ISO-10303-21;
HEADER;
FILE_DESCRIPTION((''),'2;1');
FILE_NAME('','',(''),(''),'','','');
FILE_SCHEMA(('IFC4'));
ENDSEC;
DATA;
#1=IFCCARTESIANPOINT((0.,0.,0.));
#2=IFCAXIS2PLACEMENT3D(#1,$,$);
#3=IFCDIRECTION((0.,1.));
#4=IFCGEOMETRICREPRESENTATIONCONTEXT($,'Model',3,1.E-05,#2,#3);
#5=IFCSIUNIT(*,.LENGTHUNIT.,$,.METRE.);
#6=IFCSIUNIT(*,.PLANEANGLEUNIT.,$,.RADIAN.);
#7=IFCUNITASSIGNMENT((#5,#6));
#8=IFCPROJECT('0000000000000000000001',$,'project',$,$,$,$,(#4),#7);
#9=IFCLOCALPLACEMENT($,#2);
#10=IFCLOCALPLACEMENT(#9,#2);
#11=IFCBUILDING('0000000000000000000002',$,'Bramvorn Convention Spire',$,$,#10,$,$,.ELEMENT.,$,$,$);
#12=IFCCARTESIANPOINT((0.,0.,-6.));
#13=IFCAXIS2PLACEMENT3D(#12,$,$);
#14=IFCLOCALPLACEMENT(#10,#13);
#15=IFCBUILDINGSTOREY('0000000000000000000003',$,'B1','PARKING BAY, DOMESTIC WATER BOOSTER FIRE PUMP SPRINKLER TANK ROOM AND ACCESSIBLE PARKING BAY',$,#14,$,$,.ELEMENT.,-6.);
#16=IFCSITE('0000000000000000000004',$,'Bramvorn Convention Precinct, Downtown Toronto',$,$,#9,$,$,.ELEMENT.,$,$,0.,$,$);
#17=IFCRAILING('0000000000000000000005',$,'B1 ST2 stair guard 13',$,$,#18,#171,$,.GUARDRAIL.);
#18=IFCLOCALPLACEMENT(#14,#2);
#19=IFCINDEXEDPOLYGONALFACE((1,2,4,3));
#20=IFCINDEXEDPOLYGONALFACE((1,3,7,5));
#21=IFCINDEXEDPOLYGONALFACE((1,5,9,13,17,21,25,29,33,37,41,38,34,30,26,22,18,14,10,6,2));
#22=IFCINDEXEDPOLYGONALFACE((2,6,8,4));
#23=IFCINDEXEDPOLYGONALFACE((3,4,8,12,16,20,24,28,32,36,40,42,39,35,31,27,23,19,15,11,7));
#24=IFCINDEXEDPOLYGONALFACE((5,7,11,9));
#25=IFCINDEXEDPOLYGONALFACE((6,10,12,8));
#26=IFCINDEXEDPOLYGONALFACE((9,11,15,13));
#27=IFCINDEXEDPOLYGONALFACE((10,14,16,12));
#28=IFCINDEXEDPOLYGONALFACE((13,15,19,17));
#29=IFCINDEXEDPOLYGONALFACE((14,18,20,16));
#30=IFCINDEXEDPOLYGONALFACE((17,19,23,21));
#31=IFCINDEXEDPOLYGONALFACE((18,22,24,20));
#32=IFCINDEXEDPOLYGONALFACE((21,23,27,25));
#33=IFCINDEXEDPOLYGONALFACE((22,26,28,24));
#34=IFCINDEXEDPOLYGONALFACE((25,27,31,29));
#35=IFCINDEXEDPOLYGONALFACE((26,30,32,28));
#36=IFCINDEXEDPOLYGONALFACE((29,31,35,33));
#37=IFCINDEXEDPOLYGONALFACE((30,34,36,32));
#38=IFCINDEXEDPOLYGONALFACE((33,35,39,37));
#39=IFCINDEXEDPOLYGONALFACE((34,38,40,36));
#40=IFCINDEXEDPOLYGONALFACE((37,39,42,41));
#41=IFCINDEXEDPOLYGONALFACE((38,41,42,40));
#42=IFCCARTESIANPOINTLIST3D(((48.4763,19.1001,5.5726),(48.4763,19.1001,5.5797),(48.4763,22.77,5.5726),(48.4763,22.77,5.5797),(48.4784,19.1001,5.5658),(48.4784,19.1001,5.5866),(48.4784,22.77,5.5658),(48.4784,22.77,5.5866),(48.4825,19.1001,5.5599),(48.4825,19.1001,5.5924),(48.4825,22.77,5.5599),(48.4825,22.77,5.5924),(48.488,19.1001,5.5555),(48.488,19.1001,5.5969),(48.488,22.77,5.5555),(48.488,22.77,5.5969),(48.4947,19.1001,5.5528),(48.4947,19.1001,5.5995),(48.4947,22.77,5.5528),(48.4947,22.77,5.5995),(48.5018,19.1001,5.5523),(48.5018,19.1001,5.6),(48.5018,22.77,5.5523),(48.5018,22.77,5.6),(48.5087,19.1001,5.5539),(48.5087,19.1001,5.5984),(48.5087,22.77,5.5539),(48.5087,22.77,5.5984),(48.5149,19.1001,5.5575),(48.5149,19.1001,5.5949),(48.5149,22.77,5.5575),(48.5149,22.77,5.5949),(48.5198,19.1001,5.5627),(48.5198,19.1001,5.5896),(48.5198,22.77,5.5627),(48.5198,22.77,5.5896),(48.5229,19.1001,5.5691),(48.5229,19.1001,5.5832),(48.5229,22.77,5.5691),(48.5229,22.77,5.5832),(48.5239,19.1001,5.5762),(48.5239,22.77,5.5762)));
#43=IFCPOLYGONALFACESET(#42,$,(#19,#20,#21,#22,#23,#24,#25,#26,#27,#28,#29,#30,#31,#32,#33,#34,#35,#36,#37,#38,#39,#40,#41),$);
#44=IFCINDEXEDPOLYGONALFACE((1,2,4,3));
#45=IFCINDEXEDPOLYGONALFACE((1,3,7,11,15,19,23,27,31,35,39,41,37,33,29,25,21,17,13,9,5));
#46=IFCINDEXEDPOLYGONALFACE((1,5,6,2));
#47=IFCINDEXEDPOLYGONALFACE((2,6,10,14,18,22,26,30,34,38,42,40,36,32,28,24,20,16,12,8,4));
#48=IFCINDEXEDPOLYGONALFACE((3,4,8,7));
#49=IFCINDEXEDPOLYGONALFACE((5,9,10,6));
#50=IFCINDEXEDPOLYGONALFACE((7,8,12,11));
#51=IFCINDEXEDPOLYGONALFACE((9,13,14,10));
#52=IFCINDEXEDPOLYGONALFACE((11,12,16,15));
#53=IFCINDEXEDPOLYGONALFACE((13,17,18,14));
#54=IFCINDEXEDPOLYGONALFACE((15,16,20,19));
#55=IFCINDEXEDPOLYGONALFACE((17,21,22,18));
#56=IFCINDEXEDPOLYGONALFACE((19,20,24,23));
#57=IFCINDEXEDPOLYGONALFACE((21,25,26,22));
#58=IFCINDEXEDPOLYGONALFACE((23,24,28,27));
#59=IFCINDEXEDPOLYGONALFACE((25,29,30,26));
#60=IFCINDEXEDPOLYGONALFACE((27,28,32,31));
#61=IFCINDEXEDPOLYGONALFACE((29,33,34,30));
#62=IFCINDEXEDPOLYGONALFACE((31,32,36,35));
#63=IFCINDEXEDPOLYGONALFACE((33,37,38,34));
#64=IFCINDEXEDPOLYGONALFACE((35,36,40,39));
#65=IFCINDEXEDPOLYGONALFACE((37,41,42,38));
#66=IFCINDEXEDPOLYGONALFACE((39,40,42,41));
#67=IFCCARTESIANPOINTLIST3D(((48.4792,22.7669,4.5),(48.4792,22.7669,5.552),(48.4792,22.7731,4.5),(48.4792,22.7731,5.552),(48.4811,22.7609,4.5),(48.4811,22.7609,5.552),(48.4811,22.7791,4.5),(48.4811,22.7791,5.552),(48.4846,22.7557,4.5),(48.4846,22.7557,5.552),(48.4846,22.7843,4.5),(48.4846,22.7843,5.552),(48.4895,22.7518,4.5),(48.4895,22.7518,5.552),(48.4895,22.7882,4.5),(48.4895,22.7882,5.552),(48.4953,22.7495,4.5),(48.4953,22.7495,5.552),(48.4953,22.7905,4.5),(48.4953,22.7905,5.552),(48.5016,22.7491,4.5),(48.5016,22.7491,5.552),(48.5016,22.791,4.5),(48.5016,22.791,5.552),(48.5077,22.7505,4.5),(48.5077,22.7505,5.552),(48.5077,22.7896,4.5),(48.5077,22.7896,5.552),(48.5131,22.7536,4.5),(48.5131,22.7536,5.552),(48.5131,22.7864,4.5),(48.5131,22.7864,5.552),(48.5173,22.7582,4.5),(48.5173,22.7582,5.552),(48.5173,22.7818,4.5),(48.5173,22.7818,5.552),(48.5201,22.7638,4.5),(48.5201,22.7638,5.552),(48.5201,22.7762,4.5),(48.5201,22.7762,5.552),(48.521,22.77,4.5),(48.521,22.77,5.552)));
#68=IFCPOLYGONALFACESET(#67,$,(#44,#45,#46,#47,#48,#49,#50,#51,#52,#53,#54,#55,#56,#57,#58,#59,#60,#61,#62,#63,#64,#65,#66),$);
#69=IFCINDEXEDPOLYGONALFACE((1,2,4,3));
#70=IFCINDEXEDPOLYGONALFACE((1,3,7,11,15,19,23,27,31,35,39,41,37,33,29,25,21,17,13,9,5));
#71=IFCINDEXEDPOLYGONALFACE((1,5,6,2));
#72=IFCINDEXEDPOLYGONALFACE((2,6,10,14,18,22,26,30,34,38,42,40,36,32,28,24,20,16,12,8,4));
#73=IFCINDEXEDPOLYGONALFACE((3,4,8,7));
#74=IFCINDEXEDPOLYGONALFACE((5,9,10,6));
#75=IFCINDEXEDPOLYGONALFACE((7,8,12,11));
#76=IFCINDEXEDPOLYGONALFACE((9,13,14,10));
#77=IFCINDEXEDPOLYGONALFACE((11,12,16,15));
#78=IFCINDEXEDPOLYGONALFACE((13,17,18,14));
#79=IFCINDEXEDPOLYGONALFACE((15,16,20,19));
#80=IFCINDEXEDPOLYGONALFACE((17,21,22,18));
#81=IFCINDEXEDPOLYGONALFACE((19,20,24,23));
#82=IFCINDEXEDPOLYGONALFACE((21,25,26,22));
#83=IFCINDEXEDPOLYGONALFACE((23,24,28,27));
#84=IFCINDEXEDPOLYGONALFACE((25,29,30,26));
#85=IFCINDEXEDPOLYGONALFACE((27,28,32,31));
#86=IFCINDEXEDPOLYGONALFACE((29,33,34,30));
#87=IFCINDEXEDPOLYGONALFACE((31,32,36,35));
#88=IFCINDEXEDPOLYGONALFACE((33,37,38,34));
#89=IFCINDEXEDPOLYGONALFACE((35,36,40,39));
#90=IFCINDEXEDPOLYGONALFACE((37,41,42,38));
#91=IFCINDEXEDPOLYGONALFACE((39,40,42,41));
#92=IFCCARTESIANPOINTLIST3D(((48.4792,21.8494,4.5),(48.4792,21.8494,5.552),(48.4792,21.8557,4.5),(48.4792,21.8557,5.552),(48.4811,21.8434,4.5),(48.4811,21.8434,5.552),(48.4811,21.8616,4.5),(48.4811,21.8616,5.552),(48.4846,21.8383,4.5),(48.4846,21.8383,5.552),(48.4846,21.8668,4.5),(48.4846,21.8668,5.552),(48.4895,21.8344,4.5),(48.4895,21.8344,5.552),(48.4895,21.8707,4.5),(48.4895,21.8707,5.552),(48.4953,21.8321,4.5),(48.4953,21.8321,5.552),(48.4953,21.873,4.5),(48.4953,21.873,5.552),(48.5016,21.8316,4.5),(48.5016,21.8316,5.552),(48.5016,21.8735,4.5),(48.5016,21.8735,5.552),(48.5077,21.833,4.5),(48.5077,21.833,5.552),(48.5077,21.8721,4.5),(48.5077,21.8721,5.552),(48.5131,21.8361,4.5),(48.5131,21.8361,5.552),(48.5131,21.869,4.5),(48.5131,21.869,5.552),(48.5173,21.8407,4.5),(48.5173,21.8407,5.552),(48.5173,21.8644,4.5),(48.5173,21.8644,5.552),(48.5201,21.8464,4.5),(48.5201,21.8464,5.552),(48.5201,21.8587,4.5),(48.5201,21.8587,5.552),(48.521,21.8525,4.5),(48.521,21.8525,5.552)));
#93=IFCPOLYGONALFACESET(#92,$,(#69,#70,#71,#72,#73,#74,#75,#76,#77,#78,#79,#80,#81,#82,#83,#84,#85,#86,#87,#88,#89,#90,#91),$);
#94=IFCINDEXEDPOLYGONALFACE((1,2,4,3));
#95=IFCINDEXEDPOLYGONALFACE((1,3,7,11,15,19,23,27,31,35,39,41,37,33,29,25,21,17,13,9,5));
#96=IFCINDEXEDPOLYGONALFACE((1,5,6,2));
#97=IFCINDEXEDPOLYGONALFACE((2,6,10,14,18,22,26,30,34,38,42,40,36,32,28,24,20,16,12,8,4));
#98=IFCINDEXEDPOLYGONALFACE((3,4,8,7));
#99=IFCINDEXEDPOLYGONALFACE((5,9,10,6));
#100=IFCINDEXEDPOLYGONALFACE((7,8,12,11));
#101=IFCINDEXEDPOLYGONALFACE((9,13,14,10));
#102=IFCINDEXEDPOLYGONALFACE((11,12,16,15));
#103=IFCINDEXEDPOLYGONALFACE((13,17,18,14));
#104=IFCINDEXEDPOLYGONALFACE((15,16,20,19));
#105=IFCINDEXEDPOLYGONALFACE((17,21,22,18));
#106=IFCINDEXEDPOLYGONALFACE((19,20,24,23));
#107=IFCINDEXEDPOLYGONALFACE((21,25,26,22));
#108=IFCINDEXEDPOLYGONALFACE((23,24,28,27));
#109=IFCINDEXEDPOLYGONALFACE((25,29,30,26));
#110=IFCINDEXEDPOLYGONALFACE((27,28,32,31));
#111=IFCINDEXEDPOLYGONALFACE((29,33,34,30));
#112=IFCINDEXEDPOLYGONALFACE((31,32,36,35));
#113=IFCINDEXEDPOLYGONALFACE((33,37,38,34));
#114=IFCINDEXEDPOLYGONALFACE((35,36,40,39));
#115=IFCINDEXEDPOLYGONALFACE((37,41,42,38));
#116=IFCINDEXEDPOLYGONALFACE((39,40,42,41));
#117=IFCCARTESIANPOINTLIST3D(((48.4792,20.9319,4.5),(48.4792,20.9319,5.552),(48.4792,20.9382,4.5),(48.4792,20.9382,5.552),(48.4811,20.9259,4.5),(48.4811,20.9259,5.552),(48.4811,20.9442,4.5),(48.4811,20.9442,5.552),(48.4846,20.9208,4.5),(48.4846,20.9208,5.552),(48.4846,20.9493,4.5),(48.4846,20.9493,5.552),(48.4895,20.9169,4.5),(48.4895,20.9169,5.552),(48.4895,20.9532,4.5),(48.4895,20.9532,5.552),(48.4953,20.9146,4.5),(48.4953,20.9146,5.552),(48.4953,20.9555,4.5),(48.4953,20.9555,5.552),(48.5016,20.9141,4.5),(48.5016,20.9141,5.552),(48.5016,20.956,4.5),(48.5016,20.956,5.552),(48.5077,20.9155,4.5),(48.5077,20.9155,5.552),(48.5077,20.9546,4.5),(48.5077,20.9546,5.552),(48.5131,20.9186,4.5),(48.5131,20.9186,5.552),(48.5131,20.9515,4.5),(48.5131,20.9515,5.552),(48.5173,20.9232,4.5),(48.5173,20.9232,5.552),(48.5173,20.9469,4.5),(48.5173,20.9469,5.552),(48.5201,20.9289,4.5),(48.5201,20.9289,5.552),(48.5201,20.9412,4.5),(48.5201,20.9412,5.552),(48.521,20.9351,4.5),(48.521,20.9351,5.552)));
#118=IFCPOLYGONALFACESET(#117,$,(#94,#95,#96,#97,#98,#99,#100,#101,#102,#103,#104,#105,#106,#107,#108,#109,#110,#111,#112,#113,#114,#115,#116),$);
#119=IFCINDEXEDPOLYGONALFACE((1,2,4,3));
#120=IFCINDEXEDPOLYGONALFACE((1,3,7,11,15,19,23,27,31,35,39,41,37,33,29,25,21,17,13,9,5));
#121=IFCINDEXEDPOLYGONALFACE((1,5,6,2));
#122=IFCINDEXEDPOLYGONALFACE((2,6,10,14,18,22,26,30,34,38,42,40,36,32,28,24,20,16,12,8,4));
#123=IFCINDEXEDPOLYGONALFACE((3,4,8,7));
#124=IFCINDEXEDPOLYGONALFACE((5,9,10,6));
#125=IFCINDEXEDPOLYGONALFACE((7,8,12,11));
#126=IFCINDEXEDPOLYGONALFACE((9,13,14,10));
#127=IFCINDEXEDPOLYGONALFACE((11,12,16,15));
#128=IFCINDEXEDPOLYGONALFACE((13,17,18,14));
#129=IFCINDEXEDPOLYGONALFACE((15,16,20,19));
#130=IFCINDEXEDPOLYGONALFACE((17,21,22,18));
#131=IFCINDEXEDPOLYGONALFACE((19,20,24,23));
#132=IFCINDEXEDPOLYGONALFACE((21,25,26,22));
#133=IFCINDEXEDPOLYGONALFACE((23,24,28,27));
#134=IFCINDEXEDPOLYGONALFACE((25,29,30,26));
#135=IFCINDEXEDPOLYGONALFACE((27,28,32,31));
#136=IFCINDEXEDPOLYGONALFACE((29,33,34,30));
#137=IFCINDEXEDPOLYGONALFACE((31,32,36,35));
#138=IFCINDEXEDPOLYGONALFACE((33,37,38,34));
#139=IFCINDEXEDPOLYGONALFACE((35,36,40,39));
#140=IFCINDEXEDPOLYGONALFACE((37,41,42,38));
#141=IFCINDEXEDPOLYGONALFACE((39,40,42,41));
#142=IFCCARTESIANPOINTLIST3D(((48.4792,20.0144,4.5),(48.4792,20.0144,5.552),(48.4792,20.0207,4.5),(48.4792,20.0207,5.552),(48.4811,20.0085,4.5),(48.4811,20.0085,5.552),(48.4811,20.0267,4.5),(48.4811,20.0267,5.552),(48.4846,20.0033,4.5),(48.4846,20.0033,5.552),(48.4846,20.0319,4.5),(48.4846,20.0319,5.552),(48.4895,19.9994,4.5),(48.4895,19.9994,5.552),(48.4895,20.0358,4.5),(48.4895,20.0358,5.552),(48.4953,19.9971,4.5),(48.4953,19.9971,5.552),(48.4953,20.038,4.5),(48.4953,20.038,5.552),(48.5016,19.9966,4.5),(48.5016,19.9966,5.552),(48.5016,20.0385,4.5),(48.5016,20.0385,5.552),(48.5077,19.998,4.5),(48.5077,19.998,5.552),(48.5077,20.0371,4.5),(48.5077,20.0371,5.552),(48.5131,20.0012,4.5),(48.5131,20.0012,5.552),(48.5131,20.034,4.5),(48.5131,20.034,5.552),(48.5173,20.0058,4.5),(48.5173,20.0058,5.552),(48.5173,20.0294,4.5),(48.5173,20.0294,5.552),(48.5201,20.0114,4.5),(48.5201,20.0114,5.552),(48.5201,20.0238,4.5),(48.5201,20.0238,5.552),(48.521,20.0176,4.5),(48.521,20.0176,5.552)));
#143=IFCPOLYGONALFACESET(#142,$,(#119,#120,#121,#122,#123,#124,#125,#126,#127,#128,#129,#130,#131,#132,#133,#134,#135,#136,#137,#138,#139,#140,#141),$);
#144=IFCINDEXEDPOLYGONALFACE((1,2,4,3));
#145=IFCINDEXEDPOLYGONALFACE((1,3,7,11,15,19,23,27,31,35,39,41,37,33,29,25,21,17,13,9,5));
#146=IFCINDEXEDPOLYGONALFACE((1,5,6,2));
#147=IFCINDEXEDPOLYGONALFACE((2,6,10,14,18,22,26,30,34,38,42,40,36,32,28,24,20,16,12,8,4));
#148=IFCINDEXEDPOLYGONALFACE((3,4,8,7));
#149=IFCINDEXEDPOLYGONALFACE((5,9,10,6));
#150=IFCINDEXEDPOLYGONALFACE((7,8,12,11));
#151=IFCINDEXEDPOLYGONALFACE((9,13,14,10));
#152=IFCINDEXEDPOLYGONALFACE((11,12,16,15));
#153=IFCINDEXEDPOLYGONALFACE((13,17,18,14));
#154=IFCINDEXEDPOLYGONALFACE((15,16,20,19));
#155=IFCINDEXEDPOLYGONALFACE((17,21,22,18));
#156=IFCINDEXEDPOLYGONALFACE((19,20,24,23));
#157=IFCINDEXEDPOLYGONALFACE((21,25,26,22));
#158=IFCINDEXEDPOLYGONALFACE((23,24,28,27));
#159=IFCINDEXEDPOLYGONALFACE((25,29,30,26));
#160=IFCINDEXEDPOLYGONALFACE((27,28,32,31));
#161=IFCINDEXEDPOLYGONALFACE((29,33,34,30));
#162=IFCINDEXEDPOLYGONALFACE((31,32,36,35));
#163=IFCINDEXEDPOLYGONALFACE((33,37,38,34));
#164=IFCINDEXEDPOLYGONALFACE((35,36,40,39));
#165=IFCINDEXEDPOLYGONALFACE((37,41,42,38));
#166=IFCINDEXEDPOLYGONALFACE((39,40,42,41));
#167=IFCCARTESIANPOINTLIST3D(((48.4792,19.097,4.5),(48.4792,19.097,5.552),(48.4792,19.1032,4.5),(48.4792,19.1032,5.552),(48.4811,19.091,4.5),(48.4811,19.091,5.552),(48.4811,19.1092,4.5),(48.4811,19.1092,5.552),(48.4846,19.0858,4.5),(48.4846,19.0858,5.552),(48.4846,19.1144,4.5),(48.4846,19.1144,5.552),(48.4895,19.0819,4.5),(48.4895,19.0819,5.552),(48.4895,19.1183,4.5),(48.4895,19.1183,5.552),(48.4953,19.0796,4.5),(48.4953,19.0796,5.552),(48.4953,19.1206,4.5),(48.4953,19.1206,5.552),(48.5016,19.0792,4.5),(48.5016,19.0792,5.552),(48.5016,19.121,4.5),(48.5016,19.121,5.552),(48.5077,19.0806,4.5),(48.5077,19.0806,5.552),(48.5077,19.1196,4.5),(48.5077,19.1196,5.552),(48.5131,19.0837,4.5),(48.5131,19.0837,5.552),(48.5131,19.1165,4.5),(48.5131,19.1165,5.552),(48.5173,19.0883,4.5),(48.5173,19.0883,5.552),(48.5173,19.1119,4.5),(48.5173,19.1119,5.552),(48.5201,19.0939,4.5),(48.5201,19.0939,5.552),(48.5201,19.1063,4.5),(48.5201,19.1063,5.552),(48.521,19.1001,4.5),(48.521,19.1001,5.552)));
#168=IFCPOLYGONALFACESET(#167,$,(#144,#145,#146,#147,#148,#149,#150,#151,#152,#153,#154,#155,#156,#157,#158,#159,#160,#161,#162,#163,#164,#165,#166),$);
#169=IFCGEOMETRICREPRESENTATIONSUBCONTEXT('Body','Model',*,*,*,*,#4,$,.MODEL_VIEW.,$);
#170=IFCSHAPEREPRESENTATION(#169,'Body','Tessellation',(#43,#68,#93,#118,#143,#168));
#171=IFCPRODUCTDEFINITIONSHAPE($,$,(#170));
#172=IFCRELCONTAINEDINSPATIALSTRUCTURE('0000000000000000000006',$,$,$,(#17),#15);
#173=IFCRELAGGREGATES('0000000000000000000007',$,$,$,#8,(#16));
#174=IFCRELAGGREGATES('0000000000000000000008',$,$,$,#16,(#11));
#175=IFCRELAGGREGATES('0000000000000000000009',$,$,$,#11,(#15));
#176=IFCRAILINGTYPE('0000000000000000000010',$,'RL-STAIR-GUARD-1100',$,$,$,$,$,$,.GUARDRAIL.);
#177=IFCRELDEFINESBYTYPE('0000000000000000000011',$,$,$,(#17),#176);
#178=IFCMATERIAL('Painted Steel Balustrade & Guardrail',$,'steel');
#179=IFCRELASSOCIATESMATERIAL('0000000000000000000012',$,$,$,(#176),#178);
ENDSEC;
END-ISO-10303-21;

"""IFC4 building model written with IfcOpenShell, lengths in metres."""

from ifc_helpers import new_model, si_unit, direction, frame, origin, origin_2d, place, context, subcontext, project, spatial, circle, extrude, material, type_object, element, save


model = new_model("IFC4")

# Units and contexts
model_context = context("Model", 3, precision=1e-05, world=origin(), true_north=direction((0.0, 1.0)))
body_context = subcontext(model_context, "Body", "Model", "MODEL_VIEW")
ifc_project = project(units=[si_unit("LENGTHUNIT", "METRE"), si_unit("PLANEANGLEUNIT", "RADIAN")], contexts=[model_context])

# Site, building, storey
site_placement = place(None, origin())
site = spatial("IfcSite", under=ifc_project, at=site_placement, Name="Bramvorn Convention Precinct, Downtown Toronto", CompositionType="ELEMENT", RefElevation=0.0)
building_placement = place(site_placement, origin())
building = spatial("IfcBuilding", under=site, at=building_placement, Name="Bramvorn Convention Spire", CompositionType="ELEMENT")
storey_placement = place(building_placement, frame((0.0, 0.0, -6.0)))
storey = spatial("IfcBuildingStorey", under=building, at=storey_placement, Name="B1", Description="PARKING BAY, DOMESTIC WATER BOOSTER FIRE PUMP SPRINKLER TANK ROOM AND ACCESSIBLE PARKING BAY", CompositionType="ELEMENT", Elevation=-6.0)

# Railing
ifc_material_1 = material(Name="Painted Steel Balustrade & Guardrail", Category="steel")
railing_type_1 = type_object("IfcRailingType", Name="RL-STAIR-GUARD-1100", PredefinedType="GUARDRAIL", material=ifc_material_1)
for number, where, name in (
    (1, (48.5, 22.77, 4.5), "B1 ST2 stair guard 13"),
):
    element("IfcRailing", number, at=place(storey_placement, frame(where)), inside=storey, type_object=railing_type_1, Name=name, PredefinedType="GUARDRAIL", context=body_context, shape_type="SweptSolid", body=[
        extrude(circle(Radius=0.0239, at=origin_2d()), frame((0.0, 0.0, 1.0762), z_axis=(0.0, -1.0, 0.0), x_axis=(1.0, 0.0, 0.0)), (0.0, 0.0, 1.0), 3.6699),
        extrude(circle(Radius=0.021, at=origin_2d()), origin(), (0.0, 0.0, 1.0), 1.052),
        extrude(circle(Radius=0.021, at=origin_2d()), frame((0.0, -0.9175, 0.0)), (0.0, 0.0, 1.0), 1.052),
        extrude(circle(Radius=0.021, at=origin_2d()), frame((0.0, -1.835, 0.0)), (0.0, 0.0, 1.0), 1.052),
        extrude(circle(Radius=0.021, at=origin_2d()), frame((0.0, -2.7524, 0.0)), (0.0, 0.0, 1.0), 1.052),
        extrude(circle(Radius=0.021, at=origin_2d()), frame((0.0, -3.6699, 0.0)), (0.0, 0.0, 1.0), 1.052),
    ])

save(model, "model.ifc")
